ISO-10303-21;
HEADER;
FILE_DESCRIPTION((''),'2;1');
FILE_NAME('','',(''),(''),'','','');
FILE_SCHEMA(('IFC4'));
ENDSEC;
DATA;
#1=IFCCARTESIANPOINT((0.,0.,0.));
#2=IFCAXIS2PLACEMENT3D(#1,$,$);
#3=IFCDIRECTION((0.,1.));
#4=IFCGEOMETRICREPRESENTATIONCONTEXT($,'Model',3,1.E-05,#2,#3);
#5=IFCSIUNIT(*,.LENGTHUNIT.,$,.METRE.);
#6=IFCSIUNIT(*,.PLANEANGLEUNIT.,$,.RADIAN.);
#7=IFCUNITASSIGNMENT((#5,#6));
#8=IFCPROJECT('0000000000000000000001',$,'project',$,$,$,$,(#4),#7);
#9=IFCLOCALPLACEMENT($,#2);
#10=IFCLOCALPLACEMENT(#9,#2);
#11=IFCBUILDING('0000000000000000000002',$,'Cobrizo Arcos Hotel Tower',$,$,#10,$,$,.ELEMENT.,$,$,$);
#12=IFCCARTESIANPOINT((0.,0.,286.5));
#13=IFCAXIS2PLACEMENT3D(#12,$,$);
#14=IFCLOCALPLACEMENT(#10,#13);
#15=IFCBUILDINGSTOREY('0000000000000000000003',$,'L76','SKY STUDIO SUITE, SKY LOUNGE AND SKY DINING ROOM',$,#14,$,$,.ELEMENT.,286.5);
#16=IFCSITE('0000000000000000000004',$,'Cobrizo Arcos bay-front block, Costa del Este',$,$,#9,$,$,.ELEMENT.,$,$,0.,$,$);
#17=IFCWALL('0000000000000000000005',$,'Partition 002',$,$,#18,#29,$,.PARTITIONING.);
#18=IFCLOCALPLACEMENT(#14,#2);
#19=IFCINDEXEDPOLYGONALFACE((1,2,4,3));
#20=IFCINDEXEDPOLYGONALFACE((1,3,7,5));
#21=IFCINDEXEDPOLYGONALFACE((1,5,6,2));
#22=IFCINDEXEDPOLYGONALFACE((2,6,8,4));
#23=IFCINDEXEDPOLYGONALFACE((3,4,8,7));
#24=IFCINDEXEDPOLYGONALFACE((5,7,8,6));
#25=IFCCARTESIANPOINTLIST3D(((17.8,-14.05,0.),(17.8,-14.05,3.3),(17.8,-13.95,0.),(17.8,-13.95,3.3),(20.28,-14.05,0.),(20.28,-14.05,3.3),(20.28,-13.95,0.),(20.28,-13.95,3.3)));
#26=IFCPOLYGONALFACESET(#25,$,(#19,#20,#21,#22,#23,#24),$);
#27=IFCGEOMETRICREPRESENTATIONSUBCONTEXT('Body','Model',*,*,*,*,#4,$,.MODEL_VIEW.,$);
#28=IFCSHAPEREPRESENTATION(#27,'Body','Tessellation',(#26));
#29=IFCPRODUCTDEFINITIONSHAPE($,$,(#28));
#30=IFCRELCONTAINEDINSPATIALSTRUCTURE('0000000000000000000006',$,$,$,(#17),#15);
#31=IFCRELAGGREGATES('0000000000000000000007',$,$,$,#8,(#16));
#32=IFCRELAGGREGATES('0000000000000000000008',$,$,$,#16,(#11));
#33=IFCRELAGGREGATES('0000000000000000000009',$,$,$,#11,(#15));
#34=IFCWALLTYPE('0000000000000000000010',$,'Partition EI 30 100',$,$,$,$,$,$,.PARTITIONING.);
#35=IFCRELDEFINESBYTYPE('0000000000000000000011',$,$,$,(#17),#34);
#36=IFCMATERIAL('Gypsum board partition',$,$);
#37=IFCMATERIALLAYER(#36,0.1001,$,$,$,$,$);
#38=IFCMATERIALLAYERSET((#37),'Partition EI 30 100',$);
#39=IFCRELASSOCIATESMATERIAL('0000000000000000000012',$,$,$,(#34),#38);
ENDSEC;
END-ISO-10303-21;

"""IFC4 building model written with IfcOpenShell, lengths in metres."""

from ifc_helpers import new_model, si_unit, direction, frame, frame_2d, origin, place, context, subcontext, project, spatial, rectangle, extrude, material, layer, layer_set, type_object, element, save


model = new_model("IFC4")

# Units and contexts
model_context = context("Model", 3, precision=1e-05, world=origin(), true_north=direction((0.0, 1.0)))
body_context = subcontext(model_context, "Body", "Model", "MODEL_VIEW")
ifc_project = project(units=[si_unit("LENGTHUNIT", "METRE"), si_unit("PLANEANGLEUNIT", "RADIAN")], contexts=[model_context])

# Site, building, storey
site_placement = place(None, origin())
site = spatial("IfcSite", under=ifc_project, at=site_placement, Name="Cobrizo Arcos bay-front block, Costa del Este", CompositionType="ELEMENT", RefElevation=0.0)
building_placement = place(site_placement, origin())
building = spatial("IfcBuilding", under=site, at=building_placement, Name="Cobrizo Arcos Hotel Tower", CompositionType="ELEMENT")
storey_placement = place(building_placement, frame((0.0, 0.0, 286.5)))
storey = spatial("IfcBuildingStorey", under=building, at=storey_placement, Name="L76", Description="SKY STUDIO SUITE, SKY LOUNGE AND SKY DINING ROOM", CompositionType="ELEMENT", Elevation=286.5)

# Wall
ifc_material_1 = material(Name="Gypsum board partition")
ifc_layer_1 = layer(ifc_material_1, 0.1001)
ifc_layer_set_1 = layer_set([ifc_layer_1], Name="Partition EI 30 100")
wall_type = type_object("IfcWallType", Name="Partition EI 30 100", PredefinedType="PARTITIONING", material=ifc_layer_set_1)
wall_placement = place(storey_placement, frame((17.8, -14.0, 0.0), z_axis=(0.0, 0.0, 1.0), x_axis=(1.0, 0.0, 0.0)))
element("IfcWall", 1, at=wall_placement, inside=storey, type_object=wall_type, Name="Partition 002", PredefinedType="PARTITIONING", context=body_context, shape_type="SweptSolid", body=[
    extrude(rectangle(XDim=2.48, YDim=0.1001, at=frame_2d((1.24, 0.0))), origin(), (0.0, 0.0, 1.0), 3.3),
])

save(model, "model.ifc")
